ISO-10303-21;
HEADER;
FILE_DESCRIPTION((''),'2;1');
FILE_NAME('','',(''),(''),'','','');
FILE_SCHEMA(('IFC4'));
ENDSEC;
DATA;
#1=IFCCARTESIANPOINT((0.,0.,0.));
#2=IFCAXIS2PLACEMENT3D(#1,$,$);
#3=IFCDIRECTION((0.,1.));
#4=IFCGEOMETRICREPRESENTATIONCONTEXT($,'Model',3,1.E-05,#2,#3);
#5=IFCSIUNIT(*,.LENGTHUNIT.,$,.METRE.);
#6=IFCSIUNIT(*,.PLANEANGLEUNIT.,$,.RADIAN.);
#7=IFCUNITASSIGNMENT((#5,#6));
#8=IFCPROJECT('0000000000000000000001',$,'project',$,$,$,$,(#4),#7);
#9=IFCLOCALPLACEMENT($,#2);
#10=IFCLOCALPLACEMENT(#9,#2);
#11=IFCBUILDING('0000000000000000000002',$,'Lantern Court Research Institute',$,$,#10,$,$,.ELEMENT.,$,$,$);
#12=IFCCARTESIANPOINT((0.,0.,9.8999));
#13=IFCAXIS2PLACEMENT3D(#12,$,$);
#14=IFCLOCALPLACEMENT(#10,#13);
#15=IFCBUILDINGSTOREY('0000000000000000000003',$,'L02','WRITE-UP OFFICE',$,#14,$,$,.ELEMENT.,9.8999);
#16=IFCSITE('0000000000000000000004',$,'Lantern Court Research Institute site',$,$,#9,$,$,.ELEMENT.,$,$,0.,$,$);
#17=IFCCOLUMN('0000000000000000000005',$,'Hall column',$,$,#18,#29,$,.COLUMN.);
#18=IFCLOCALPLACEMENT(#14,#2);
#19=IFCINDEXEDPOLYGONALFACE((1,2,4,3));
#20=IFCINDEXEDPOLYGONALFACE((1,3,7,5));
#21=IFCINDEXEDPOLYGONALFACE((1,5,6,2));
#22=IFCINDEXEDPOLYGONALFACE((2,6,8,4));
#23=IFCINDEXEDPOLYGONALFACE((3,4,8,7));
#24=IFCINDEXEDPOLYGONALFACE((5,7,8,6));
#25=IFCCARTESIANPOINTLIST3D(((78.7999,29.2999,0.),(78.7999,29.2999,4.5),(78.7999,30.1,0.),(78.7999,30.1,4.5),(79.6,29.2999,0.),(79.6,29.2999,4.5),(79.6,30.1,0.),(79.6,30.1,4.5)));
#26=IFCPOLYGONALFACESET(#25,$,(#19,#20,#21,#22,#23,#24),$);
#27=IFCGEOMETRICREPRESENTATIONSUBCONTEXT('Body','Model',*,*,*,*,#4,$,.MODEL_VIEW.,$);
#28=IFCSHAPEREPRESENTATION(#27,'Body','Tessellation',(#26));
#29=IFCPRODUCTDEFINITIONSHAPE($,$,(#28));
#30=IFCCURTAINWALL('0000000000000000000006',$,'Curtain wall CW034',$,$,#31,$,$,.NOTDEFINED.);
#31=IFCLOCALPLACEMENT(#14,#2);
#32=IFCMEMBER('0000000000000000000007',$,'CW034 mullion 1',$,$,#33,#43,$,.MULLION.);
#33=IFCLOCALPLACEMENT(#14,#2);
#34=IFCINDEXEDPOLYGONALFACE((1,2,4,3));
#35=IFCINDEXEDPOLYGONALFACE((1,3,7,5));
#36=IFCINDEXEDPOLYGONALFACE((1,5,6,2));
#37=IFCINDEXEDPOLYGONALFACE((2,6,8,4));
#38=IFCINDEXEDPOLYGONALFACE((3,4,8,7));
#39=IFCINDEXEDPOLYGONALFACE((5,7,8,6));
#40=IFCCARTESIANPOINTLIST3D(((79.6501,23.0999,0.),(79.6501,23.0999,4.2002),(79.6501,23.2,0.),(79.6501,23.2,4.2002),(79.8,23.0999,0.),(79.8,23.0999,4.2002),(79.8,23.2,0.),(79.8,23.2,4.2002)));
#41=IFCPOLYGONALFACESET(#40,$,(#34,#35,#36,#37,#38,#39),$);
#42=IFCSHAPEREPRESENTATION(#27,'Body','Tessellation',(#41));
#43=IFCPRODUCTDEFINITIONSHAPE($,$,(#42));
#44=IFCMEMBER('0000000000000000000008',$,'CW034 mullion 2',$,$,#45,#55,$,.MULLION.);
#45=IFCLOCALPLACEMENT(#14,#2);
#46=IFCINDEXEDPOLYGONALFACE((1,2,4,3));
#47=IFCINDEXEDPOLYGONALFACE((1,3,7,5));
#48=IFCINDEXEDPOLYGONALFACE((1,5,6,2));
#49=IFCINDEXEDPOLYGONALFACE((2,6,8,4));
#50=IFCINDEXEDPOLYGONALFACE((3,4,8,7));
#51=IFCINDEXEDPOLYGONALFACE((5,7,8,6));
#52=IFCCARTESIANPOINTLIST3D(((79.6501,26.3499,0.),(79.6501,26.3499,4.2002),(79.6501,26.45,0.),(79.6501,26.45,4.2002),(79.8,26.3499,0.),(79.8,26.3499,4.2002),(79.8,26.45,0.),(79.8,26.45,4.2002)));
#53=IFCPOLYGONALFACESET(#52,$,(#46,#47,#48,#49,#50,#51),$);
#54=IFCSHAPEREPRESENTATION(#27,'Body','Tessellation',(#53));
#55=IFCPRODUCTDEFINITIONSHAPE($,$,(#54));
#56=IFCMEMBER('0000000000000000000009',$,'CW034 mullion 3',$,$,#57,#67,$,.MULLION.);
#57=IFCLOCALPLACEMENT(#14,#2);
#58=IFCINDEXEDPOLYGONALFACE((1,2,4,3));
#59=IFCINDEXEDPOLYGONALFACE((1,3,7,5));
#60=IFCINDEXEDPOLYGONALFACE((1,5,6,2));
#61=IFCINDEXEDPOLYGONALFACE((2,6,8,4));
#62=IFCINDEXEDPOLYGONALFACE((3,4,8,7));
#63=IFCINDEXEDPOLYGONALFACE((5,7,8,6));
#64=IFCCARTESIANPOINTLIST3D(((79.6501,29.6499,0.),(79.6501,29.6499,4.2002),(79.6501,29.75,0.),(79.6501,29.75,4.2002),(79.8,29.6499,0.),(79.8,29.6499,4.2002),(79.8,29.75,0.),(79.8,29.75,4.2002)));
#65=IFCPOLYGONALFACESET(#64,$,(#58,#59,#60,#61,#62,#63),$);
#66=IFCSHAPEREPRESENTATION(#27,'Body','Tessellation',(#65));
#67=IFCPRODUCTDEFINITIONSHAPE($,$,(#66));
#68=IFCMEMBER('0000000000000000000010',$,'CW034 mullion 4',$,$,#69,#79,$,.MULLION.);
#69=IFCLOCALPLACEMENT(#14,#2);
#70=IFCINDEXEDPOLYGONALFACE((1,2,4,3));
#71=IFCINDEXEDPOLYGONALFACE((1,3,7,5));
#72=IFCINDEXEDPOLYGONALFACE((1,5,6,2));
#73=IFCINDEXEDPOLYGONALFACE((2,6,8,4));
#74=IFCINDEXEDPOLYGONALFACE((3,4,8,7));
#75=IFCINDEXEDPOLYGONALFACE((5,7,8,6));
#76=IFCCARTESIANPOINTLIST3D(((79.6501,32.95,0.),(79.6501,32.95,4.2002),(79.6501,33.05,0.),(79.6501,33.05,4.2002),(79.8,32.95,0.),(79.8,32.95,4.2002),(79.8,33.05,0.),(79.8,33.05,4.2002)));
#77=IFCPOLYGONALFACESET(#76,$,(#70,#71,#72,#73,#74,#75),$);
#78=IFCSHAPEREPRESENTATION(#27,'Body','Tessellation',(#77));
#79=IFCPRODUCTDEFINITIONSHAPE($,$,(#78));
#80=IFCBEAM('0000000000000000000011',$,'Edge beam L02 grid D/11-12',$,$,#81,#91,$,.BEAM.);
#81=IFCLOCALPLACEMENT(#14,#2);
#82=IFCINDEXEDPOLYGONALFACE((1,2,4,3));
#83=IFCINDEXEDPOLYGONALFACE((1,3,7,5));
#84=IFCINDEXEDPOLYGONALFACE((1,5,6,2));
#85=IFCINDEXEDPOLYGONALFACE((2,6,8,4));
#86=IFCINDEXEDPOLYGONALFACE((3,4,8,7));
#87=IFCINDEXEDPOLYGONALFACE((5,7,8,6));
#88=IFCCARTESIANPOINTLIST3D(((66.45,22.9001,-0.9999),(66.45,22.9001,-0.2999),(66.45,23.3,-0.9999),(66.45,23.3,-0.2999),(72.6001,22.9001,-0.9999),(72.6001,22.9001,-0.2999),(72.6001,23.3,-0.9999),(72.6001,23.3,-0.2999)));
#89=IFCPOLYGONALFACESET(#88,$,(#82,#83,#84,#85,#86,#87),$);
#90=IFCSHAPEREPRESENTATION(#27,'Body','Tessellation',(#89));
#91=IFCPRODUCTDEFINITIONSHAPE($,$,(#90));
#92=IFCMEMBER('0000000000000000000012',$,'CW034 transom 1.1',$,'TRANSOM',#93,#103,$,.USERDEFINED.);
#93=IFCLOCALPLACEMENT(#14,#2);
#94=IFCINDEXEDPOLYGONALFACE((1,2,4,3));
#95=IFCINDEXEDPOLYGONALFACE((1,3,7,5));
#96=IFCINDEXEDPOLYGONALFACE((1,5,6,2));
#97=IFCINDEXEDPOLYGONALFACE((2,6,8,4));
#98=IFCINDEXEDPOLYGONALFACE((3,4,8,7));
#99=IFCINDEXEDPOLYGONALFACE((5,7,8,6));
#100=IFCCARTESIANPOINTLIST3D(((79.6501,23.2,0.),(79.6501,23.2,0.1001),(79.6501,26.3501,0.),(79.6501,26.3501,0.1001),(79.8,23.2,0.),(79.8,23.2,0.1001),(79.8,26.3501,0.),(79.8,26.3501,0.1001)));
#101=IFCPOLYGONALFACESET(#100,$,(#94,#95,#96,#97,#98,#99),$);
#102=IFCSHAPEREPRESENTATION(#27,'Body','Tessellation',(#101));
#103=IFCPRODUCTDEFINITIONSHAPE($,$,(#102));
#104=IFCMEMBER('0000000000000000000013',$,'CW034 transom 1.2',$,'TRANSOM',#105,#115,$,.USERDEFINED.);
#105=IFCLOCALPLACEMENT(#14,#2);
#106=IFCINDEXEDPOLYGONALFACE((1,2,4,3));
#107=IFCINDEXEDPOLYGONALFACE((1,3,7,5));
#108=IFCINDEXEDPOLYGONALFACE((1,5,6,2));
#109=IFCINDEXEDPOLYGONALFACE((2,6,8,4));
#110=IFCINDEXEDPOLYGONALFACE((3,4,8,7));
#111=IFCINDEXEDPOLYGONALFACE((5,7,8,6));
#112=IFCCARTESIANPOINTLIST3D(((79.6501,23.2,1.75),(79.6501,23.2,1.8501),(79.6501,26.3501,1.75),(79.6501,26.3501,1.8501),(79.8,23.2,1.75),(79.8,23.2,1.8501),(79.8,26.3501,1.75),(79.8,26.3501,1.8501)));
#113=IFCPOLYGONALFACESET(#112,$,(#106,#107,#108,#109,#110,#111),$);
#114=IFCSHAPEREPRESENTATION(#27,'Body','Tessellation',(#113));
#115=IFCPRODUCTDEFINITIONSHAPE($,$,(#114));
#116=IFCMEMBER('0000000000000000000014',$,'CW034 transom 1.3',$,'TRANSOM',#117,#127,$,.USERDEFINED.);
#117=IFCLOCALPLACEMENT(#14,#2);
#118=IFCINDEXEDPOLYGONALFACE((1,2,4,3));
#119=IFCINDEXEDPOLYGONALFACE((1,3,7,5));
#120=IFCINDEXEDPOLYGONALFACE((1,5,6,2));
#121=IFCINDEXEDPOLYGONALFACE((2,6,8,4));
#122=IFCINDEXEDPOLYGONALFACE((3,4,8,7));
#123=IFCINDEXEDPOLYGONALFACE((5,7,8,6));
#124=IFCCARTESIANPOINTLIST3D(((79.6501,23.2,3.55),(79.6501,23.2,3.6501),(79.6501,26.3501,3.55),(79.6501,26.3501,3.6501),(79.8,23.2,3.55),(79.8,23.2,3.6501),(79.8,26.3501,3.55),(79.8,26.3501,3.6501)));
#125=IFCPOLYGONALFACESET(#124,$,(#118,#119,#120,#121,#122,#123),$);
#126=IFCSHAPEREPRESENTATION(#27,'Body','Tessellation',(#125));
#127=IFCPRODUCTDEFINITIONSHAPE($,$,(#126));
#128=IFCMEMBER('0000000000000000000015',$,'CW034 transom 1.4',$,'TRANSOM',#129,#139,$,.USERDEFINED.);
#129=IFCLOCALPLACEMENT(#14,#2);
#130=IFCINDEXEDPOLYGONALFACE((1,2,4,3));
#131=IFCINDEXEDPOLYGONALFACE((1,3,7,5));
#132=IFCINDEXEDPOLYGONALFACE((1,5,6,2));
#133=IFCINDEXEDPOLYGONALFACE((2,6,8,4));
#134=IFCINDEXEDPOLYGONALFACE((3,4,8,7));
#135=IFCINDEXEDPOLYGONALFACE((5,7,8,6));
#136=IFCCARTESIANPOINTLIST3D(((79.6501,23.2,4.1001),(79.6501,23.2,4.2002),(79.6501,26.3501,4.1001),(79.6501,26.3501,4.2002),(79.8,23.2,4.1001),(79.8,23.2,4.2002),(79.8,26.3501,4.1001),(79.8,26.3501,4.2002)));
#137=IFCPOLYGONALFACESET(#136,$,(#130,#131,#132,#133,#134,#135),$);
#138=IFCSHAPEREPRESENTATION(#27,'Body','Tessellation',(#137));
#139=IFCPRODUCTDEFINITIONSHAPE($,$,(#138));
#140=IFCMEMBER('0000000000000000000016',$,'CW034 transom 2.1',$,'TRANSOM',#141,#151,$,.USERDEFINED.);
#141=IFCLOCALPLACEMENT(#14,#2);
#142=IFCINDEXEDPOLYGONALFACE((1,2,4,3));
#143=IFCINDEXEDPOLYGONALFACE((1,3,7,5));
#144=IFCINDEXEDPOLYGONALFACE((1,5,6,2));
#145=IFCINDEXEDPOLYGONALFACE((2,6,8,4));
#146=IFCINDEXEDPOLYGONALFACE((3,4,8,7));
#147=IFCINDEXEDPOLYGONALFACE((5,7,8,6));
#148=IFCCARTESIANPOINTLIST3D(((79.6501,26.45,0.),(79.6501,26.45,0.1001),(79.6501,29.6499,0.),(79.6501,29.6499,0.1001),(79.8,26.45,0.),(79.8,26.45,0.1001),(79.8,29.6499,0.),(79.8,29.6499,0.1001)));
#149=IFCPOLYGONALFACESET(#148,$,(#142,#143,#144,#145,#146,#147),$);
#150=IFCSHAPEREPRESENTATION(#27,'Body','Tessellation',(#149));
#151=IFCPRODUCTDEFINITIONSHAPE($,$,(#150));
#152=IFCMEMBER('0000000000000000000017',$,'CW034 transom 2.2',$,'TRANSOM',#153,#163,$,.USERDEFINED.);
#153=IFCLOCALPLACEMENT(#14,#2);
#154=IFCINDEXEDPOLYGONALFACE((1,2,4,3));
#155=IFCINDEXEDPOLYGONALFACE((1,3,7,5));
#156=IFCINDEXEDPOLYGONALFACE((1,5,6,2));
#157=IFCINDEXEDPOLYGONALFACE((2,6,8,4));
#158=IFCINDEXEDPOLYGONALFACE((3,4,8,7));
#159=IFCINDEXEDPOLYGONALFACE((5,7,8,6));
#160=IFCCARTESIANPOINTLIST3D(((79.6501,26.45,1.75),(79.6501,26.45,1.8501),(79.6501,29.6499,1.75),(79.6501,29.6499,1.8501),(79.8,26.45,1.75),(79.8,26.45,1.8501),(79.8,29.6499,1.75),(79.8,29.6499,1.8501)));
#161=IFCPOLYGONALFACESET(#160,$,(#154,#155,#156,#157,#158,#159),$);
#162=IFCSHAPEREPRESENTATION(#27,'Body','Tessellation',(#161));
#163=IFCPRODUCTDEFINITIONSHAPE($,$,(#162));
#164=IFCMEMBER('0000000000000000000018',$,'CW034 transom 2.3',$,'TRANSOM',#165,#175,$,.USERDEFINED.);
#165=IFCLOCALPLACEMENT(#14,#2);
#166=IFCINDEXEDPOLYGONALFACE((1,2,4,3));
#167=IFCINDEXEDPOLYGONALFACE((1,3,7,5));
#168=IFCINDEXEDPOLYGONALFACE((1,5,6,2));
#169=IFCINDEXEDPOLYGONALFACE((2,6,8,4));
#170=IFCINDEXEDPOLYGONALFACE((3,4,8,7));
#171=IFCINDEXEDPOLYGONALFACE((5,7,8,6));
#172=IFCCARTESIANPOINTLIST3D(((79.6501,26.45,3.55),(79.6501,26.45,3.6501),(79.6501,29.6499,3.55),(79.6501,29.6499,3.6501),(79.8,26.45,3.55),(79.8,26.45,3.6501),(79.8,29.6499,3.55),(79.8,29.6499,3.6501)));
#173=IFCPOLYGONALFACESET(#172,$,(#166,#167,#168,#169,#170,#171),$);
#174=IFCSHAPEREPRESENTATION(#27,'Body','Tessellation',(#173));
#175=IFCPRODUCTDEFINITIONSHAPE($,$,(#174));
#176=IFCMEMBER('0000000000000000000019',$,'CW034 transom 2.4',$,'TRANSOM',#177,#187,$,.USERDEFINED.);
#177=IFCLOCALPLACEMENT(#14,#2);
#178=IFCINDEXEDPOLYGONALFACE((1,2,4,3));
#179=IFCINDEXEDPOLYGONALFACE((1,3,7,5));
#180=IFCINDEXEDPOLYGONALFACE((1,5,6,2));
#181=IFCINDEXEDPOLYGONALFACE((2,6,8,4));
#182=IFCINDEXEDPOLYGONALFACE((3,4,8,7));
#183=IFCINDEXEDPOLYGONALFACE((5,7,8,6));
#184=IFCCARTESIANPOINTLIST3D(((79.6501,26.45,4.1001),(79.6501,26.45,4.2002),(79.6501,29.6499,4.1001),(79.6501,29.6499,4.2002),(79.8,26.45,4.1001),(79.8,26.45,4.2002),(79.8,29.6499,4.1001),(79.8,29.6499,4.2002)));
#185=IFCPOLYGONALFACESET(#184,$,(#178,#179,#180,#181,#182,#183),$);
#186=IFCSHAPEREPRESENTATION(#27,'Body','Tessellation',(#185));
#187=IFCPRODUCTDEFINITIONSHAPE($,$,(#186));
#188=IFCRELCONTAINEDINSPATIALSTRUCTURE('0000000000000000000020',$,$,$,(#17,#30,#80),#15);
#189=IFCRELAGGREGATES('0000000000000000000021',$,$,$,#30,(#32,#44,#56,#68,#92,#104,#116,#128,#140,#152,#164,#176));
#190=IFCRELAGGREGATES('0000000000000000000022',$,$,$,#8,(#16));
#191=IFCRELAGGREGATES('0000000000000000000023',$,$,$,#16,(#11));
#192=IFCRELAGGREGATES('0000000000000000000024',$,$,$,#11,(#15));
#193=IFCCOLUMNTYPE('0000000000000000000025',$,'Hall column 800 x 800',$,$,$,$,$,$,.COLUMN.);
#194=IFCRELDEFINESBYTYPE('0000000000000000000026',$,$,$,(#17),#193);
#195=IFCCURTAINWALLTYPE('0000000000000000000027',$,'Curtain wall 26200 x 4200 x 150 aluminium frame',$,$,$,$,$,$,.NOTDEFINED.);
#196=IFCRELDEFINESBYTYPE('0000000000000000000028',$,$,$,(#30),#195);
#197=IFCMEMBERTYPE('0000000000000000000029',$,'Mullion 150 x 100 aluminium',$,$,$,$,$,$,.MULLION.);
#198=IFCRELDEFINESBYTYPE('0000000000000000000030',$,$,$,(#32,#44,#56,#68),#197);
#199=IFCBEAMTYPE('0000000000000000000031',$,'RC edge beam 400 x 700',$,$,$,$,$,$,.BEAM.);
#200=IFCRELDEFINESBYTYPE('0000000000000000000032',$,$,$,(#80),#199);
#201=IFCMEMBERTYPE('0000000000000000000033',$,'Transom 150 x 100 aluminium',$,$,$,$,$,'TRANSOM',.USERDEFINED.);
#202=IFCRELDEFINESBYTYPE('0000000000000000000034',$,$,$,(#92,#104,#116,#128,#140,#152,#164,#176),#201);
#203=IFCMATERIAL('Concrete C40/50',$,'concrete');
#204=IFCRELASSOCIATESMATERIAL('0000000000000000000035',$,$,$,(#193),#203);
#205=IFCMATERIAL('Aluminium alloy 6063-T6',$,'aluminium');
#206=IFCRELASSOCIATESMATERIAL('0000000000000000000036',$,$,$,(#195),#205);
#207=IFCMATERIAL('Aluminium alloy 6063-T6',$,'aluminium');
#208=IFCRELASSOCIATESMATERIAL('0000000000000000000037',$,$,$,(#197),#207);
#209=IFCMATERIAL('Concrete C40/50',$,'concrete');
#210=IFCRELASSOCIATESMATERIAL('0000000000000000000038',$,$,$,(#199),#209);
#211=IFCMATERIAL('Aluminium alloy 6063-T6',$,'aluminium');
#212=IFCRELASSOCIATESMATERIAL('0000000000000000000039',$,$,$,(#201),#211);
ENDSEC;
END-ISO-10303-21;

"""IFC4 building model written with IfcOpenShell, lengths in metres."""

from ifc_helpers import new_model, si_unit, direction, frame, origin, origin_2d, place, context, subcontext, project, spatial, rectangle, extrude, material, material_profile, profile_set, type_object, element, aggregate, save


model = new_model("IFC4")

# Units and contexts
model_context = context("Model", 3, precision=1e-05, world=origin(), true_north=direction((0.0, 1.0)))
body_context = subcontext(model_context, "Body", "Model", "MODEL_VIEW")
ifc_project = project(units=[si_unit("LENGTHUNIT", "METRE"), si_unit("PLANEANGLEUNIT", "RADIAN")], contexts=[model_context])

# Site, building, storey
site_placement = place(None, origin())
site = spatial("IfcSite", under=ifc_project, at=site_placement, Name="Lantern Court Research Institute site", CompositionType="ELEMENT", RefElevation=0.0)
building_placement = place(site_placement, origin())
building = spatial("IfcBuilding", under=site, at=building_placement, Name="Lantern Court Research Institute", CompositionType="ELEMENT")
storey_placement = place(building_placement, frame((0.0, 0.0, 9.8999)))
storey = spatial("IfcBuildingStorey", under=building, at=storey_placement, Name="L02", Description="WRITE-UP OFFICE", CompositionType="ELEMENT", Elevation=9.8999)

# Column
ifc_material_1 = material(Name="Concrete C40/50", Category="concrete")
ifc_material_profile_1 = material_profile(ifc_material_1, rectangle(XDim=0.8, YDim=0.8, at=origin_2d()), Name="Hall column 800 x 800")
ifc_profile_set_1 = profile_set([ifc_material_profile_1], Name="Concrete C40/50")
column_type = type_object("IfcColumnType", Name="Hall column 800 x 800", PredefinedType="COLUMN", material=ifc_profile_set_1)
column_placement = place(storey_placement, frame((79.2, 29.7, 0.0), z_axis=(0.0, 0.0, 1.0), x_axis=(1.0, 0.0, 0.0)))
element("IfcColumn", 1, at=column_placement, inside=storey, type_object=column_type, Name="Hall column", PredefinedType="COLUMN", context=body_context, shape_type="SweptSolid", body=[
    extrude(rectangle(XDim=0.8, YDim=0.8, at=origin_2d()), origin(), (0.0, 0.0, 1.0), 4.5),
])

# Curtain wall, members
ifc_material_2 = material(Name="Aluminium alloy 6063-T6", Category="aluminium")
curtain_wall_type = type_object("IfcCurtainWallType", Name="Curtain wall 26200 x 4200 x 150 aluminium frame", PredefinedType="NOTDEFINED", material=ifc_material_2)
curtain_wall_placement = place(storey_placement, origin())
curtain_wall = element("IfcCurtainWall", 2, at=curtain_wall_placement, inside=storey, type_object=curtain_wall_type, Name="Curtain wall CW034", PredefinedType="NOTDEFINED")
ifc_material_3 = material(Name="Aluminium alloy 6063-T6", Category="aluminium")
ifc_material_profile_2 = material_profile(ifc_material_3, rectangle(XDim=0.1499, YDim=0.1001, at=origin_2d()), Name="Mullion 150 x 100")
ifc_profile_set_2 = profile_set([ifc_material_profile_2], Name="Aluminium alloy 6063-T6")
member_type_1 = type_object("IfcMemberType", Name="Mullion 150 x 100 aluminium", PredefinedType="MULLION", material=ifc_profile_set_2)
member_1_placement = place(storey_placement, frame((79.7251, 23.1499, 0.0), z_axis=(0.0, 0.0, 1.0), x_axis=(1.0, 0.0, 0.0)))
member_1 = element("IfcMember", 3, at=member_1_placement, type_object=member_type_1, Name="CW034 mullion 1", PredefinedType="MULLION", context=body_context, shape_type="SweptSolid", body=[
    extrude(rectangle(XDim=0.1499, YDim=0.1001, at=origin_2d()), origin(), (0.0, 0.0, 1.0), 4.2002),
])
member_2_placement = place(storey_placement, frame((79.7251, 26.3999, 0.0), z_axis=(0.0, 0.0, 1.0), x_axis=(1.0, 0.0, 0.0)))
member_2 = element("IfcMember", 4, at=member_2_placement, type_object=member_type_1, Name="CW034 mullion 2", PredefinedType="MULLION", context=body_context, shape_type="SweptSolid", body=[
    extrude(rectangle(XDim=0.1499, YDim=0.1001, at=origin_2d()), origin(), (0.0, 0.0, 1.0), 4.2002),
])
member_3_placement = place(storey_placement, frame((79.7251, 29.7, 0.0), z_axis=(0.0, 0.0, 1.0), x_axis=(1.0, 0.0, 0.0)))
member_3 = element("IfcMember", 5, at=member_3_placement, type_object=member_type_1, Name="CW034 mullion 3", PredefinedType="MULLION", context=body_context, shape_type="SweptSolid", body=[
    extrude(rectangle(XDim=0.1499, YDim=0.1001, at=origin_2d()), origin(), (0.0, 0.0, 1.0), 4.2002),
])
member_4_placement = place(storey_placement, frame((79.7251, 33.0, 0.0), z_axis=(0.0, 0.0, 1.0), x_axis=(1.0, 0.0, 0.0)))
member_4 = element("IfcMember", 6, at=member_4_placement, type_object=member_type_1, Name="CW034 mullion 4", PredefinedType="MULLION", context=body_context, shape_type="SweptSolid", body=[
    extrude(rectangle(XDim=0.1499, YDim=0.1001, at=origin_2d()), origin(), (0.0, 0.0, 1.0), 4.2002),
])

# Beam
ifc_material_4 = material(Name="Concrete C40/50", Category="concrete")
ifc_material_profile_3 = material_profile(ifc_material_4, rectangle(XDim=0.3999, YDim=0.7, at=origin_2d()), Name="RC beam 400 x 700")
ifc_profile_set_3 = profile_set([ifc_material_profile_3], Name="Concrete C40/50")
beam_type = type_object("IfcBeamType", Name="RC edge beam 400 x 700", PredefinedType="BEAM", material=ifc_profile_set_3)
beam_placement = place(storey_placement, frame((66.45, 23.1001, -0.6499), z_axis=(1.0, 0.0, 0.0), x_axis=(0.0, 1.0, 0.0)))
element("IfcBeam", 7, at=beam_placement, inside=storey, type_object=beam_type, Name="Edge beam L02 grid D/11-12", PredefinedType="BEAM", context=body_context, shape_type="SweptSolid", body=[
    extrude(rectangle(XDim=0.3999, YDim=0.7, at=origin_2d()), origin(), (0.0, 0.0, 1.0), 6.1501),
])

# Members
ifc_material_5 = material(Name="Aluminium alloy 6063-T6", Category="aluminium")
ifc_material_profile_4 = material_profile(ifc_material_5, rectangle(XDim=0.1499, YDim=0.1001, at=origin_2d()), Name="Transom 150 x 100")
ifc_profile_set_4 = profile_set([ifc_material_profile_4], Name="Aluminium alloy 6063-T6")
member_type_2 = type_object("IfcMemberType", Name="Transom 150 x 100 aluminium", ElementType="TRANSOM", PredefinedType="USERDEFINED", material=ifc_profile_set_4)
member_5_placement = place(storey_placement, frame((79.7251, 26.3501, 0.05), z_axis=(0.0, -1.0, 0.0), x_axis=(1.0, 0.0, 0.0)))
member_5 = element("IfcMember", 8, at=member_5_placement, type_object=member_type_2, Name="CW034 transom 1.1", ObjectType="TRANSOM", PredefinedType="USERDEFINED", context=body_context, shape_type="SweptSolid", body=[
    extrude(rectangle(XDim=0.1499, YDim=0.1001, at=origin_2d()), origin(), (0.0, 0.0, 1.0), 3.1501),
])
member_6_placement = place(storey_placement, frame((79.7251, 26.3501, 1.8), z_axis=(0.0, -1.0, 0.0), x_axis=(1.0, 0.0, 0.0)))
member_6 = element("IfcMember", 9, at=member_6_placement, type_object=member_type_2, Name="CW034 transom 1.2", ObjectType="TRANSOM", PredefinedType="USERDEFINED", context=body_context, shape_type="SweptSolid", body=[
    extrude(rectangle(XDim=0.1499, YDim=0.1001, at=origin_2d()), origin(), (0.0, 0.0, 1.0), 3.1501),
])
member_7_placement = place(storey_placement, frame((79.7251, 26.3501, 3.6001), z_axis=(0.0, -1.0, 0.0), x_axis=(1.0, 0.0, 0.0)))
member_7 = element("IfcMember", 10, at=member_7_placement, type_object=member_type_2, Name="CW034 transom 1.3", ObjectType="TRANSOM", PredefinedType="USERDEFINED", context=body_context, shape_type="SweptSolid", body=[
    extrude(rectangle(XDim=0.1499, YDim=0.1001, at=origin_2d()), origin(), (0.0, 0.0, 1.0), 3.1501),
])
member_8_placement = place(storey_placement, frame((79.7251, 26.3501, 4.1501), z_axis=(0.0, -1.0, 0.0), x_axis=(1.0, 0.0, 0.0)))
member_8 = element("IfcMember", 11, at=member_8_placement, type_object=member_type_2, Name="CW034 transom 1.4", ObjectType="TRANSOM", PredefinedType="USERDEFINED", context=body_context, shape_type="SweptSolid", body=[
    extrude(rectangle(XDim=0.1499, YDim=0.1001, at=origin_2d()), origin(), (0.0, 0.0, 1.0), 3.1501),
])
member_9_placement = place(storey_placement, frame((79.7251, 29.6499, 0.05), z_axis=(0.0, -1.0, 0.0), x_axis=(1.0, 0.0, 0.0)))
member_9 = element("IfcMember", 12, at=member_9_placement, type_object=member_type_2, Name="CW034 transom 2.1", ObjectType="TRANSOM", PredefinedType="USERDEFINED", context=body_context, shape_type="SweptSolid", body=[
    extrude(rectangle(XDim=0.1499, YDim=0.1001, at=origin_2d()), origin(), (0.0, 0.0, 1.0), 3.2),
])
member_10_placement = place(storey_placement, frame((79.7251, 29.6499, 1.8), z_axis=(0.0, -1.0, 0.0), x_axis=(1.0, 0.0, 0.0)))
member_10 = element("IfcMember", 13, at=member_10_placement, type_object=member_type_2, Name="CW034 transom 2.2", ObjectType="TRANSOM", PredefinedType="USERDEFINED", context=body_context, shape_type="SweptSolid", body=[
    extrude(rectangle(XDim=0.1499, YDim=0.1001, at=origin_2d()), origin(), (0.0, 0.0, 1.0), 3.2),
])
member_11_placement = place(storey_placement, frame((79.7251, 29.6499, 3.6001), z_axis=(0.0, -1.0, 0.0), x_axis=(1.0, 0.0, 0.0)))
member_11 = element("IfcMember", 14, at=member_11_placement, type_object=member_type_2, Name="CW034 transom 2.3", ObjectType="TRANSOM", PredefinedType="USERDEFINED", context=body_context, shape_type="SweptSolid", body=[
    extrude(rectangle(XDim=0.1499, YDim=0.1001, at=origin_2d()), origin(), (0.0, 0.0, 1.0), 3.2),
])
member_12_placement = place(storey_placement, frame((79.7251, 29.6499, 4.1501), z_axis=(0.0, -1.0, 0.0), x_axis=(1.0, 0.0, 0.0)))
member_12 = element("IfcMember", 15, at=member_12_placement, type_object=member_type_2, Name="CW034 transom 2.4", ObjectType="TRANSOM", PredefinedType="USERDEFINED", context=body_context, shape_type="SweptSolid", body=[
    extrude(rectangle(XDim=0.1499, YDim=0.1001, at=origin_2d()), origin(), (0.0, 0.0, 1.0), 3.2),
])

aggregate(curtain_wall, [member_1, member_2, member_3, member_4, member_5, member_6, member_7, member_8, member_9, member_10, member_11, member_12])

save(model, "model.ifc")
